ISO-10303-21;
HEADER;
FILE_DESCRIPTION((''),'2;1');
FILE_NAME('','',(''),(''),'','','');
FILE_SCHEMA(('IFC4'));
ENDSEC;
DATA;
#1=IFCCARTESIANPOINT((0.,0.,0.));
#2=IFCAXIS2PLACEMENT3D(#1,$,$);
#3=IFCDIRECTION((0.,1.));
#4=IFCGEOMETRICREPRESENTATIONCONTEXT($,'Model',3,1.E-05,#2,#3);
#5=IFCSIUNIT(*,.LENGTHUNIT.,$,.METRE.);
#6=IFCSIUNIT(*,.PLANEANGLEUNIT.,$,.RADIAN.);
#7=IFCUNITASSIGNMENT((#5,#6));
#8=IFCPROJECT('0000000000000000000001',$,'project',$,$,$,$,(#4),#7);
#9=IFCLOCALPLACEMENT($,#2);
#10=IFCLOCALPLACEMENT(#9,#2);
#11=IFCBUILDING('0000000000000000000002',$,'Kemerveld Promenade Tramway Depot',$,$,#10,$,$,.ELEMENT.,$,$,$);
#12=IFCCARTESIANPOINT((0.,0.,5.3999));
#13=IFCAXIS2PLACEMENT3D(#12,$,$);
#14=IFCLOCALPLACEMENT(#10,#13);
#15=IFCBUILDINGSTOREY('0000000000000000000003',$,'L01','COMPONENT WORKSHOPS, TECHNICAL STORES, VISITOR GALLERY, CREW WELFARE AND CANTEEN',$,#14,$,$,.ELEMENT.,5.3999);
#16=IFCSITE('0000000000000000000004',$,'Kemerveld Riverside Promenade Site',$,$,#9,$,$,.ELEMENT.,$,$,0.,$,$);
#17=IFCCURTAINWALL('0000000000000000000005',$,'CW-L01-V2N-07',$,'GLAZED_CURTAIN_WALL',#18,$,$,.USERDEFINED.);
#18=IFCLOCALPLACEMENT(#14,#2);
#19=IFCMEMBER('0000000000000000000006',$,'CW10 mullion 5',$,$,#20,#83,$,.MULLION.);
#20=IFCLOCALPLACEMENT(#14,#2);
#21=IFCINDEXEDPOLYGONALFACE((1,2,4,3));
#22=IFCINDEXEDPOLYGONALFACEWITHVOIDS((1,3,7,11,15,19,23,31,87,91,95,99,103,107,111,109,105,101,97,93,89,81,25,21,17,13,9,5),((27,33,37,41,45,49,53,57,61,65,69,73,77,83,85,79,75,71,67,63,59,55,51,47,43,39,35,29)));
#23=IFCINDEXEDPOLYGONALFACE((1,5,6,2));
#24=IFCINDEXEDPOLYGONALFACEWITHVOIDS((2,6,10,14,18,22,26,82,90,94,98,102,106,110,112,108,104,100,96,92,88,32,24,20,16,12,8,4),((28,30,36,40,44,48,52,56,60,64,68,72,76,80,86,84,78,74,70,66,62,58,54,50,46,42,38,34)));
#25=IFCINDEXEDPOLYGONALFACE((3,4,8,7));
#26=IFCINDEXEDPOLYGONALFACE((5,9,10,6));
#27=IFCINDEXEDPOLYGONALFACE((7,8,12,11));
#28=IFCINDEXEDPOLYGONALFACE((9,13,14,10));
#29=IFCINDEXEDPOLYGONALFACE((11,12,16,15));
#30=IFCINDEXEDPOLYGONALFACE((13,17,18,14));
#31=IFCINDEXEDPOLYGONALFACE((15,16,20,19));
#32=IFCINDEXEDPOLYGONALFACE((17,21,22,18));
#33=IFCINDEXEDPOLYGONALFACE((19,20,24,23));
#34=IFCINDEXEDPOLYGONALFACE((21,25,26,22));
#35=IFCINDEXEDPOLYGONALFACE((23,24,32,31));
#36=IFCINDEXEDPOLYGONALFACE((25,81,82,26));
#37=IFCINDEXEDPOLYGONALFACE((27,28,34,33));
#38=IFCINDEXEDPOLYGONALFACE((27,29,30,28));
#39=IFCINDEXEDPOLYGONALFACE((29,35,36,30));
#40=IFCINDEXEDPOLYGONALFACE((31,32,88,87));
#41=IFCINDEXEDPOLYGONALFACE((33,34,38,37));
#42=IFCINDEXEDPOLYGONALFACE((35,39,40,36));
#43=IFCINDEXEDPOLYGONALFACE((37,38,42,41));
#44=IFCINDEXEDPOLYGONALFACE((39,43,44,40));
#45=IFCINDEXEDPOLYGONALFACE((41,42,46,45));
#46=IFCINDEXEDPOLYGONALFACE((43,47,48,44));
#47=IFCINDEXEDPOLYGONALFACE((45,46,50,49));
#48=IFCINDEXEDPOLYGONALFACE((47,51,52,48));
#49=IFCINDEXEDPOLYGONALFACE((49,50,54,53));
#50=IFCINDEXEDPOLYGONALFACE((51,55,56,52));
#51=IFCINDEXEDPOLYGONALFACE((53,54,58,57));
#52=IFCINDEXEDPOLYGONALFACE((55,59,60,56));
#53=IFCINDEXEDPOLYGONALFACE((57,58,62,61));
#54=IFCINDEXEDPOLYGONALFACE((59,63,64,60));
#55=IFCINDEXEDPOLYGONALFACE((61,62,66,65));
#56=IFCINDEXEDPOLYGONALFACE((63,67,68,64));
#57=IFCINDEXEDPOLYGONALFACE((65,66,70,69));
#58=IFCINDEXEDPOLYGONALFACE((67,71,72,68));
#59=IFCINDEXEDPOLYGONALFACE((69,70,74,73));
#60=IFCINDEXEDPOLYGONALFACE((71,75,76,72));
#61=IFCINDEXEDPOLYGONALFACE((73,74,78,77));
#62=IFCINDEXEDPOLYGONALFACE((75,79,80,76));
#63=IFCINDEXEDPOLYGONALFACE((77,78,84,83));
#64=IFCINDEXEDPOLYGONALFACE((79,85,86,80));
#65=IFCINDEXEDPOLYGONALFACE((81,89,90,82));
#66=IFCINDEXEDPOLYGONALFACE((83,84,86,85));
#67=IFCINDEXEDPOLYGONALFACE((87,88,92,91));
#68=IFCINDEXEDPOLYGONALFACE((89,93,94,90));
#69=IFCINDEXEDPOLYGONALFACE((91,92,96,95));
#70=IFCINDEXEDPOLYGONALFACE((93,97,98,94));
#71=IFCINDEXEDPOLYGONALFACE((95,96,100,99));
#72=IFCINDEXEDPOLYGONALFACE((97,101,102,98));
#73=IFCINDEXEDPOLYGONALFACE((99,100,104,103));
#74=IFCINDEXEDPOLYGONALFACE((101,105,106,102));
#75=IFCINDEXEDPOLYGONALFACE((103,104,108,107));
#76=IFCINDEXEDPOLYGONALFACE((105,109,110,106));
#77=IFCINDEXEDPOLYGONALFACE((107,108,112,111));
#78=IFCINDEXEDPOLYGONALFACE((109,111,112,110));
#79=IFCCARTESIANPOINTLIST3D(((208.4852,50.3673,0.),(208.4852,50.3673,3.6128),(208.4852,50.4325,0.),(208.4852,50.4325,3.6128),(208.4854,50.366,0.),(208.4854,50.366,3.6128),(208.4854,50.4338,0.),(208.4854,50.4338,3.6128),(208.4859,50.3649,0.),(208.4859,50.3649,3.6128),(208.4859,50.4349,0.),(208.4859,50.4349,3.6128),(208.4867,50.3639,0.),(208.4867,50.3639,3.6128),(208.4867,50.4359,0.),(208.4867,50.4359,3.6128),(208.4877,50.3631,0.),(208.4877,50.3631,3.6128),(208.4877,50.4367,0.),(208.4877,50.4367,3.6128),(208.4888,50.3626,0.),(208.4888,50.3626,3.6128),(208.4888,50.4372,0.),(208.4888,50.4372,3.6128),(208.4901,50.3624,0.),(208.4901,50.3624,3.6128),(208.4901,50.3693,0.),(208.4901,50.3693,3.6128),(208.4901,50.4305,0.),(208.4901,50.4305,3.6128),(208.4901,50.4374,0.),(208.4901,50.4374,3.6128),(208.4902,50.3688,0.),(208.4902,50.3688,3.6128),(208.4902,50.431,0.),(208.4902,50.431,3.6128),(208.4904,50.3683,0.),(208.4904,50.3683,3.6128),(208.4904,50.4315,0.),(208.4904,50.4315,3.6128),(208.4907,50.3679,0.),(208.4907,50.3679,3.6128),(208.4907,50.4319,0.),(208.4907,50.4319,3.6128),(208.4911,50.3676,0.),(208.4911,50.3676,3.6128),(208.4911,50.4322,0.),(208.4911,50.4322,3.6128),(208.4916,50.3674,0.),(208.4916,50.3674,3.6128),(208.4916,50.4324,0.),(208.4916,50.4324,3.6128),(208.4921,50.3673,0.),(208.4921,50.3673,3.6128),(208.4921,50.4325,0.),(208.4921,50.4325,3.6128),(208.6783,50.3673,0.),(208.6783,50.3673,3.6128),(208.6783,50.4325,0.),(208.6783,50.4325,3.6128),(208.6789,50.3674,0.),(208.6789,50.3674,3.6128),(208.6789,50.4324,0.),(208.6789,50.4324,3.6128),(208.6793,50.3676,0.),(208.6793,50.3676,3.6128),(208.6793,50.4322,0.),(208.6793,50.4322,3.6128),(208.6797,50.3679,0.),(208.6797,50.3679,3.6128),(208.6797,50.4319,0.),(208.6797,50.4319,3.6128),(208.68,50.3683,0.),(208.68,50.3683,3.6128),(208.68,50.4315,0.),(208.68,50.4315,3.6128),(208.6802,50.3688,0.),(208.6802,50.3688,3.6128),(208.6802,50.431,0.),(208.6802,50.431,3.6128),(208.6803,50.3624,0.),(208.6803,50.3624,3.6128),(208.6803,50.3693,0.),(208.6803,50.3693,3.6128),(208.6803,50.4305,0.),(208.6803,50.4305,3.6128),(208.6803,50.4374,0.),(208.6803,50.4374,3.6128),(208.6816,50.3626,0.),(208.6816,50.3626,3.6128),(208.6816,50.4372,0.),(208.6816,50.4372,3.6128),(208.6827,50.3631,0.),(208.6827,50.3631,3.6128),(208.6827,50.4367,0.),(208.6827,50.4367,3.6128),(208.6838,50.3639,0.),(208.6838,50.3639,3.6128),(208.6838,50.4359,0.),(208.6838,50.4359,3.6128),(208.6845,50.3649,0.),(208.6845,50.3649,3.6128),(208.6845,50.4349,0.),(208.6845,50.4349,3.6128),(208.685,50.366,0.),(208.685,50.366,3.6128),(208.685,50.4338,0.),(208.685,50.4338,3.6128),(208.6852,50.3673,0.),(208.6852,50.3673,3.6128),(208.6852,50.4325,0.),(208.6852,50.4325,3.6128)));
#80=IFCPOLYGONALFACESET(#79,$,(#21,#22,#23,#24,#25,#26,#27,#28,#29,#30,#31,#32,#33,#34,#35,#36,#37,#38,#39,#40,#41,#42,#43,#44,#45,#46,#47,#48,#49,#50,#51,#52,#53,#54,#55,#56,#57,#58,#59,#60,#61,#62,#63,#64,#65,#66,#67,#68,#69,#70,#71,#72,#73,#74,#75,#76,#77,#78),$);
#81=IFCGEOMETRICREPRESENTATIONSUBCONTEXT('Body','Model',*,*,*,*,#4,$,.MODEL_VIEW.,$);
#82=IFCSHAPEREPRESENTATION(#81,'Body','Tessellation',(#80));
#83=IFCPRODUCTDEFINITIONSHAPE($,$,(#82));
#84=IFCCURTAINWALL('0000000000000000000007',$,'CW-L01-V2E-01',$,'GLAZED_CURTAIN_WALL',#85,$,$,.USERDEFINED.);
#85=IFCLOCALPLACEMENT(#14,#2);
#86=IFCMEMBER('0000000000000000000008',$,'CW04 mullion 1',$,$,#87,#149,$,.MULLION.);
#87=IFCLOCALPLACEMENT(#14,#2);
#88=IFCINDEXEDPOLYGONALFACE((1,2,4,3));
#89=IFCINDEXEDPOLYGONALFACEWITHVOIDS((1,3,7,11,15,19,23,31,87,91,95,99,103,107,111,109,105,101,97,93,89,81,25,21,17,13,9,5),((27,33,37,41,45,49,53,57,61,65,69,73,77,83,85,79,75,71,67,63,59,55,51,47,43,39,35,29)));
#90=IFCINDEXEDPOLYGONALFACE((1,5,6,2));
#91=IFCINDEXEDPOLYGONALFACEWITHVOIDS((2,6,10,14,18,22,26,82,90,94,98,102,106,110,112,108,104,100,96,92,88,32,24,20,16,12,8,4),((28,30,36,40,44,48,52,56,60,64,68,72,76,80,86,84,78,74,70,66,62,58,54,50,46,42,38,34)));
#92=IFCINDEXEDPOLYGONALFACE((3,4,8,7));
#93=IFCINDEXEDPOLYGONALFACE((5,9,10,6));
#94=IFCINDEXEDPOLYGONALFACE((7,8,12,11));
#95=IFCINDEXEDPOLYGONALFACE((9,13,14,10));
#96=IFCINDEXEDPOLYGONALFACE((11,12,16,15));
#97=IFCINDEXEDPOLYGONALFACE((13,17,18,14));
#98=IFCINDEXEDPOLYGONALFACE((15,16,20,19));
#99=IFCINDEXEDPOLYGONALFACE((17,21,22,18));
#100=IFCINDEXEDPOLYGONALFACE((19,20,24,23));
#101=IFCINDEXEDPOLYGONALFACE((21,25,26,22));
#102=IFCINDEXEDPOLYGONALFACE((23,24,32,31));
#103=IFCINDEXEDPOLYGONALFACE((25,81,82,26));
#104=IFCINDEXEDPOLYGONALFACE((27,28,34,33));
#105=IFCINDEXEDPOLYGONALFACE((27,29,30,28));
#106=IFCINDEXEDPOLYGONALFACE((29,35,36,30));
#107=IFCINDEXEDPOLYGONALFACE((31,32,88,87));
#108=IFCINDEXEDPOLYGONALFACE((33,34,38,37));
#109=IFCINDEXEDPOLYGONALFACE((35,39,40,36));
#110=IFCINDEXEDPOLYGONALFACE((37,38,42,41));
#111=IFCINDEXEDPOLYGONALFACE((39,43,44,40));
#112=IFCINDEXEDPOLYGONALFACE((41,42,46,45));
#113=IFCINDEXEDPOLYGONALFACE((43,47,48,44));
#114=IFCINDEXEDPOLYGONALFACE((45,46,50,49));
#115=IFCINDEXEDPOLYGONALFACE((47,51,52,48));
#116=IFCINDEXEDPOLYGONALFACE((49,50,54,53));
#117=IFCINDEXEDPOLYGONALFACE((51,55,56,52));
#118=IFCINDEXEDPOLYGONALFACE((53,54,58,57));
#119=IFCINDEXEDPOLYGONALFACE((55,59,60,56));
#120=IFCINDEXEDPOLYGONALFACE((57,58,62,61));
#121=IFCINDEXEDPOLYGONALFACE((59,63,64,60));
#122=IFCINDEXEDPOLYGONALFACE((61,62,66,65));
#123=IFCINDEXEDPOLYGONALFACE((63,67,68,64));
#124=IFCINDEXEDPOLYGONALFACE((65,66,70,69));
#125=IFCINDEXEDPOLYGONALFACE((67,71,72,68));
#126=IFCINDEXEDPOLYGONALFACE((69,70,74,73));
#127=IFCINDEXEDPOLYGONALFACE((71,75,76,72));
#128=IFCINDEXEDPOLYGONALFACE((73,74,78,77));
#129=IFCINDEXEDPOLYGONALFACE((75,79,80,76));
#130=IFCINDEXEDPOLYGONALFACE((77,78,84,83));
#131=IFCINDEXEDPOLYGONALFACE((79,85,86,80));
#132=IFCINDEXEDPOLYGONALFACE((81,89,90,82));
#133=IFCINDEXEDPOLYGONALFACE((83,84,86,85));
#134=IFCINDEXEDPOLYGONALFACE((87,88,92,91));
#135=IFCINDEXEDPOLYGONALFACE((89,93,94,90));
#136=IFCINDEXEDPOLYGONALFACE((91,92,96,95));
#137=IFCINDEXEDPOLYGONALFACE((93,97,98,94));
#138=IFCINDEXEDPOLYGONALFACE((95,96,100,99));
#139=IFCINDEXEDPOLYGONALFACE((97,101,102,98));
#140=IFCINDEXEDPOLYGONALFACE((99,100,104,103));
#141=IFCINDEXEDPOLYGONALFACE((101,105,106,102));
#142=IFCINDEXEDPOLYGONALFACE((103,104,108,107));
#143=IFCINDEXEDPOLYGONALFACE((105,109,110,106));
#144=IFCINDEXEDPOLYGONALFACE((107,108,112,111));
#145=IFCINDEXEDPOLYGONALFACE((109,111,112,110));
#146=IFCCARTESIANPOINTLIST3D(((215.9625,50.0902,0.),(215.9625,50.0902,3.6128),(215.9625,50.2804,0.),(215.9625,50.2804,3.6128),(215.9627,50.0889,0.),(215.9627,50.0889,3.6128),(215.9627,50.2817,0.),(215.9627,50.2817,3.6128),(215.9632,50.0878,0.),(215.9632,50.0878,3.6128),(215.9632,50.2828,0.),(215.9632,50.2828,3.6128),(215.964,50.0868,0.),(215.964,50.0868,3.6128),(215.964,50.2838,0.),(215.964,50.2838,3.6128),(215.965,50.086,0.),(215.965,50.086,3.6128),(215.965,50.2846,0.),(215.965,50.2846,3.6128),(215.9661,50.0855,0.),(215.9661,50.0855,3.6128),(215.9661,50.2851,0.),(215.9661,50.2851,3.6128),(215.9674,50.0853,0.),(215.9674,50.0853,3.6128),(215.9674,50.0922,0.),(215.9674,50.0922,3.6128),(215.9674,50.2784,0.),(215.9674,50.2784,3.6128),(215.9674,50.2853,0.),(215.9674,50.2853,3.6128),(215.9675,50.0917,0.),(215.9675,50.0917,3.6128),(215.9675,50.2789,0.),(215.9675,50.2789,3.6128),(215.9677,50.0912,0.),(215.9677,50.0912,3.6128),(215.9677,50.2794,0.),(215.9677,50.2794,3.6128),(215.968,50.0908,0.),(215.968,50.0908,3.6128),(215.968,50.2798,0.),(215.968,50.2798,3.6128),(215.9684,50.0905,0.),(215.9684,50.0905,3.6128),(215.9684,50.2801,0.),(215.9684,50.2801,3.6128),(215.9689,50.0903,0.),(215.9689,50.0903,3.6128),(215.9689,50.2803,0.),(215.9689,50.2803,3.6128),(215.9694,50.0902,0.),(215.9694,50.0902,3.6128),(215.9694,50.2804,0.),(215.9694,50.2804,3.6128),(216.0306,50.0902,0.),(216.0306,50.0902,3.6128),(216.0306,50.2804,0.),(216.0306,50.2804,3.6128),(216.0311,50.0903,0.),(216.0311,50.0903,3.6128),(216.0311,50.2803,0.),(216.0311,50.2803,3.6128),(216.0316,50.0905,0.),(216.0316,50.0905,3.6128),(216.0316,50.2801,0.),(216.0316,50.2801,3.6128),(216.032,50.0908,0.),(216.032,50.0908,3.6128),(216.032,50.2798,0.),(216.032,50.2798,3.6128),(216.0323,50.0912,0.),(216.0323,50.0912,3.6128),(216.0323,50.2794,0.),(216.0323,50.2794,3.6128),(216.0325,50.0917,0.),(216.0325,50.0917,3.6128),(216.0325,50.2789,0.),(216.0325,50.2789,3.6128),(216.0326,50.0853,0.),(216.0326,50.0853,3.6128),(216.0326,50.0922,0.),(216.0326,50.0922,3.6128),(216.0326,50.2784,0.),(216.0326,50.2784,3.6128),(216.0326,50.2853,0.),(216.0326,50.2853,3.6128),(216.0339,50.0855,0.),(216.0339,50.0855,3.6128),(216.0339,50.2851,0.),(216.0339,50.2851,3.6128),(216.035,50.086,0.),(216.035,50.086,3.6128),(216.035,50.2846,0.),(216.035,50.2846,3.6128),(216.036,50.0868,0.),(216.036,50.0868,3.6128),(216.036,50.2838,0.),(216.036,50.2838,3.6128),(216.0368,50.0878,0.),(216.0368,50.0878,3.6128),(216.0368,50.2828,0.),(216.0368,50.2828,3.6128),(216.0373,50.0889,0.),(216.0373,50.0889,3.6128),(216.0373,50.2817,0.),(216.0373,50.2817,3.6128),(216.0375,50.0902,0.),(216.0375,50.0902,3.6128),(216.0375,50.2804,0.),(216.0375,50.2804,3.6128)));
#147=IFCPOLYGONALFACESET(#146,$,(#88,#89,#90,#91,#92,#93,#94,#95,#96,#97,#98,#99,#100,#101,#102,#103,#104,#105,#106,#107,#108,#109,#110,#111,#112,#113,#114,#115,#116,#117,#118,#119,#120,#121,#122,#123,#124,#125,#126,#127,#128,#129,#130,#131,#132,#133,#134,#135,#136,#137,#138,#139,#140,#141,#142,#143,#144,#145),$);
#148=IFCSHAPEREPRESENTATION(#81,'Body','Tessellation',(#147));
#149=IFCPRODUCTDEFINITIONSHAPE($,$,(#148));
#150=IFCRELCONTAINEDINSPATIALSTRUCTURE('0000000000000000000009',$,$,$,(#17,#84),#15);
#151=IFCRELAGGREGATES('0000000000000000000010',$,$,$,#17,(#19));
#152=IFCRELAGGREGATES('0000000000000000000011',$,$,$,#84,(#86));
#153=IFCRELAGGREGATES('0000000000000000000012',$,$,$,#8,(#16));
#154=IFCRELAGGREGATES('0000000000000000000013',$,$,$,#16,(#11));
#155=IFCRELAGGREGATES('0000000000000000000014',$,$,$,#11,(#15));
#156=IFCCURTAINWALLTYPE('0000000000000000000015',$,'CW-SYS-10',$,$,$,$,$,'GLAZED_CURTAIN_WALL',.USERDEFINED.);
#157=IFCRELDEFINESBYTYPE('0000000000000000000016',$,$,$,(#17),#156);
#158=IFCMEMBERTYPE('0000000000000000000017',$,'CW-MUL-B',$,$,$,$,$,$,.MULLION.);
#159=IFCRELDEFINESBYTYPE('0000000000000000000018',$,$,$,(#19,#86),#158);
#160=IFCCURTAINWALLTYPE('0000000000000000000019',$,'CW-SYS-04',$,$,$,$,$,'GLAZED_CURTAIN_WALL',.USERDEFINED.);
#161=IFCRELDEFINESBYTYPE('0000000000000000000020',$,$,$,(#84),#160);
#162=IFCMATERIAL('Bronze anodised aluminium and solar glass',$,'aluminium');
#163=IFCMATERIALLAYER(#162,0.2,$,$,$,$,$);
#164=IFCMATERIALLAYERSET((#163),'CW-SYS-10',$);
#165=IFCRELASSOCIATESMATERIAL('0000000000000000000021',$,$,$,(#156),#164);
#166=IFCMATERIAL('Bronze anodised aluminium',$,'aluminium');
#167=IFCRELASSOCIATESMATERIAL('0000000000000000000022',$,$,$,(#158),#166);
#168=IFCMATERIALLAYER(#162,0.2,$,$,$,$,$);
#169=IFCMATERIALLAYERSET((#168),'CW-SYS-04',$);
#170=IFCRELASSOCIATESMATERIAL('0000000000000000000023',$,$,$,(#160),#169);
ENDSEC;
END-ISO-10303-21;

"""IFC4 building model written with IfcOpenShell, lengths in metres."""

from ifc_helpers import new_model, si_unit, direction, frame, origin, origin_2d, place, context, subcontext, project, spatial, hollow_rectangle, extrude, material, layer, layer_set, material_profile, profile_set, type_object, element, aggregate, save


model = new_model("IFC4")

# Units and contexts
model_context = context("Model", 3, precision=1e-05, world=origin(), true_north=direction((0.0, 1.0)))
body_context = subcontext(model_context, "Body", "Model", "MODEL_VIEW")
ifc_project = project(units=[si_unit("LENGTHUNIT", "METRE"), si_unit("PLANEANGLEUNIT", "RADIAN")], contexts=[model_context])

# Site, building, storey
site_placement = place(None, origin())
site = spatial("IfcSite", under=ifc_project, at=site_placement, Name="Kemerveld Riverside Promenade Site", CompositionType="ELEMENT", RefElevation=0.0)
building_placement = place(site_placement, origin())
building = spatial("IfcBuilding", under=site, at=building_placement, Name="Kemerveld Promenade Tramway Depot", CompositionType="ELEMENT")
storey_placement = place(building_placement, frame((0.0, 0.0, 5.3999)))
storey = spatial("IfcBuildingStorey", under=building, at=storey_placement, Name="L01", Description="COMPONENT WORKSHOPS, TECHNICAL STORES, VISITOR GALLERY, CREW WELFARE AND CANTEEN", CompositionType="ELEMENT", Elevation=5.3999)

# Curtain wall, member
ifc_material_1 = material(Name="Bronze anodised aluminium and solar glass", Category="aluminium")
ifc_layer_1 = layer(ifc_material_1, 0.2)
ifc_layer_set_1 = layer_set([ifc_layer_1], Name="CW-SYS-10")
curtain_wall_type_1 = type_object("IfcCurtainWallType", Name="CW-SYS-10", ElementType="GLAZED_CURTAIN_WALL", PredefinedType="USERDEFINED", material=ifc_layer_set_1)
curtain_wall_1_placement = place(storey_placement, origin())
curtain_wall_1 = element("IfcCurtainWall", 1, at=curtain_wall_1_placement, inside=storey, type_object=curtain_wall_type_1, Name="CW-L01-V2N-07", ObjectType="GLAZED_CURTAIN_WALL", PredefinedType="USERDEFINED")
ifc_material_2 = material(Name="Bronze anodised aluminium", Category="aluminium")
ifc_material_profile_1 = material_profile(ifc_material_2, hollow_rectangle(XDim=0.075, YDim=0.2, WallThickness=0.0049, InnerFilletRadius=0.002, OuterFilletRadius=0.0049, at=origin_2d()), Name="CW-MUL-200x75")
ifc_profile_set_1 = profile_set([ifc_material_profile_1], Name="Bronze anodised aluminium")
member_type_1 = type_object("IfcMemberType", Name="CW-MUL-B", PredefinedType="MULLION", material=ifc_profile_set_1)
member_1_placement = place(storey_placement, frame((208.5852, 50.3999, 0.0), z_axis=(0.0, 0.0, 1.0), x_axis=(0.0, 1.0, 0.0)))
member_1 = element("IfcMember", 2, at=member_1_placement, type_object=member_type_1, Name="CW10 mullion 5", PredefinedType="MULLION", context=body_context, shape_type="SweptSolid", body=[
    extrude(hollow_rectangle(XDim=0.075, YDim=0.2, WallThickness=0.0049, InnerFilletRadius=0.002, OuterFilletRadius=0.0049, at=origin_2d()), origin(), (0.0, 0.0, 1.0), 3.6128),
])

# Curtain wall, member
ifc_layer_2 = layer(ifc_material_1, 0.2)
ifc_layer_set_2 = layer_set([ifc_layer_2], Name="CW-SYS-04")
curtain_wall_type_2 = type_object("IfcCurtainWallType", Name="CW-SYS-04", ElementType="GLAZED_CURTAIN_WALL", PredefinedType="USERDEFINED", material=ifc_layer_set_2)
curtain_wall_2_placement = place(storey_placement, origin())
curtain_wall_2 = element("IfcCurtainWall", 3, at=curtain_wall_2_placement, inside=storey, type_object=curtain_wall_type_2, Name="CW-L01-V2E-01", ObjectType="GLAZED_CURTAIN_WALL", PredefinedType="USERDEFINED")
member_2_placement = place(storey_placement, frame((216.0, 50.1853, 0.0), z_axis=(0.0, 0.0, 1.0), x_axis=(1.0, 0.0, 0.0)))
member_2 = element("IfcMember", 4, at=member_2_placement, type_object=member_type_1, Name="CW04 mullion 1", PredefinedType="MULLION", context=body_context, shape_type="SweptSolid", body=[
    extrude(hollow_rectangle(XDim=0.075, YDim=0.2, WallThickness=0.0049, InnerFilletRadius=0.002, OuterFilletRadius=0.0049, at=origin_2d()), origin(), (0.0, 0.0, 1.0), 3.6128),
])

aggregate(curtain_wall_1, [member_1])
aggregate(curtain_wall_2, [member_2])

save(model, "model.ifc")
